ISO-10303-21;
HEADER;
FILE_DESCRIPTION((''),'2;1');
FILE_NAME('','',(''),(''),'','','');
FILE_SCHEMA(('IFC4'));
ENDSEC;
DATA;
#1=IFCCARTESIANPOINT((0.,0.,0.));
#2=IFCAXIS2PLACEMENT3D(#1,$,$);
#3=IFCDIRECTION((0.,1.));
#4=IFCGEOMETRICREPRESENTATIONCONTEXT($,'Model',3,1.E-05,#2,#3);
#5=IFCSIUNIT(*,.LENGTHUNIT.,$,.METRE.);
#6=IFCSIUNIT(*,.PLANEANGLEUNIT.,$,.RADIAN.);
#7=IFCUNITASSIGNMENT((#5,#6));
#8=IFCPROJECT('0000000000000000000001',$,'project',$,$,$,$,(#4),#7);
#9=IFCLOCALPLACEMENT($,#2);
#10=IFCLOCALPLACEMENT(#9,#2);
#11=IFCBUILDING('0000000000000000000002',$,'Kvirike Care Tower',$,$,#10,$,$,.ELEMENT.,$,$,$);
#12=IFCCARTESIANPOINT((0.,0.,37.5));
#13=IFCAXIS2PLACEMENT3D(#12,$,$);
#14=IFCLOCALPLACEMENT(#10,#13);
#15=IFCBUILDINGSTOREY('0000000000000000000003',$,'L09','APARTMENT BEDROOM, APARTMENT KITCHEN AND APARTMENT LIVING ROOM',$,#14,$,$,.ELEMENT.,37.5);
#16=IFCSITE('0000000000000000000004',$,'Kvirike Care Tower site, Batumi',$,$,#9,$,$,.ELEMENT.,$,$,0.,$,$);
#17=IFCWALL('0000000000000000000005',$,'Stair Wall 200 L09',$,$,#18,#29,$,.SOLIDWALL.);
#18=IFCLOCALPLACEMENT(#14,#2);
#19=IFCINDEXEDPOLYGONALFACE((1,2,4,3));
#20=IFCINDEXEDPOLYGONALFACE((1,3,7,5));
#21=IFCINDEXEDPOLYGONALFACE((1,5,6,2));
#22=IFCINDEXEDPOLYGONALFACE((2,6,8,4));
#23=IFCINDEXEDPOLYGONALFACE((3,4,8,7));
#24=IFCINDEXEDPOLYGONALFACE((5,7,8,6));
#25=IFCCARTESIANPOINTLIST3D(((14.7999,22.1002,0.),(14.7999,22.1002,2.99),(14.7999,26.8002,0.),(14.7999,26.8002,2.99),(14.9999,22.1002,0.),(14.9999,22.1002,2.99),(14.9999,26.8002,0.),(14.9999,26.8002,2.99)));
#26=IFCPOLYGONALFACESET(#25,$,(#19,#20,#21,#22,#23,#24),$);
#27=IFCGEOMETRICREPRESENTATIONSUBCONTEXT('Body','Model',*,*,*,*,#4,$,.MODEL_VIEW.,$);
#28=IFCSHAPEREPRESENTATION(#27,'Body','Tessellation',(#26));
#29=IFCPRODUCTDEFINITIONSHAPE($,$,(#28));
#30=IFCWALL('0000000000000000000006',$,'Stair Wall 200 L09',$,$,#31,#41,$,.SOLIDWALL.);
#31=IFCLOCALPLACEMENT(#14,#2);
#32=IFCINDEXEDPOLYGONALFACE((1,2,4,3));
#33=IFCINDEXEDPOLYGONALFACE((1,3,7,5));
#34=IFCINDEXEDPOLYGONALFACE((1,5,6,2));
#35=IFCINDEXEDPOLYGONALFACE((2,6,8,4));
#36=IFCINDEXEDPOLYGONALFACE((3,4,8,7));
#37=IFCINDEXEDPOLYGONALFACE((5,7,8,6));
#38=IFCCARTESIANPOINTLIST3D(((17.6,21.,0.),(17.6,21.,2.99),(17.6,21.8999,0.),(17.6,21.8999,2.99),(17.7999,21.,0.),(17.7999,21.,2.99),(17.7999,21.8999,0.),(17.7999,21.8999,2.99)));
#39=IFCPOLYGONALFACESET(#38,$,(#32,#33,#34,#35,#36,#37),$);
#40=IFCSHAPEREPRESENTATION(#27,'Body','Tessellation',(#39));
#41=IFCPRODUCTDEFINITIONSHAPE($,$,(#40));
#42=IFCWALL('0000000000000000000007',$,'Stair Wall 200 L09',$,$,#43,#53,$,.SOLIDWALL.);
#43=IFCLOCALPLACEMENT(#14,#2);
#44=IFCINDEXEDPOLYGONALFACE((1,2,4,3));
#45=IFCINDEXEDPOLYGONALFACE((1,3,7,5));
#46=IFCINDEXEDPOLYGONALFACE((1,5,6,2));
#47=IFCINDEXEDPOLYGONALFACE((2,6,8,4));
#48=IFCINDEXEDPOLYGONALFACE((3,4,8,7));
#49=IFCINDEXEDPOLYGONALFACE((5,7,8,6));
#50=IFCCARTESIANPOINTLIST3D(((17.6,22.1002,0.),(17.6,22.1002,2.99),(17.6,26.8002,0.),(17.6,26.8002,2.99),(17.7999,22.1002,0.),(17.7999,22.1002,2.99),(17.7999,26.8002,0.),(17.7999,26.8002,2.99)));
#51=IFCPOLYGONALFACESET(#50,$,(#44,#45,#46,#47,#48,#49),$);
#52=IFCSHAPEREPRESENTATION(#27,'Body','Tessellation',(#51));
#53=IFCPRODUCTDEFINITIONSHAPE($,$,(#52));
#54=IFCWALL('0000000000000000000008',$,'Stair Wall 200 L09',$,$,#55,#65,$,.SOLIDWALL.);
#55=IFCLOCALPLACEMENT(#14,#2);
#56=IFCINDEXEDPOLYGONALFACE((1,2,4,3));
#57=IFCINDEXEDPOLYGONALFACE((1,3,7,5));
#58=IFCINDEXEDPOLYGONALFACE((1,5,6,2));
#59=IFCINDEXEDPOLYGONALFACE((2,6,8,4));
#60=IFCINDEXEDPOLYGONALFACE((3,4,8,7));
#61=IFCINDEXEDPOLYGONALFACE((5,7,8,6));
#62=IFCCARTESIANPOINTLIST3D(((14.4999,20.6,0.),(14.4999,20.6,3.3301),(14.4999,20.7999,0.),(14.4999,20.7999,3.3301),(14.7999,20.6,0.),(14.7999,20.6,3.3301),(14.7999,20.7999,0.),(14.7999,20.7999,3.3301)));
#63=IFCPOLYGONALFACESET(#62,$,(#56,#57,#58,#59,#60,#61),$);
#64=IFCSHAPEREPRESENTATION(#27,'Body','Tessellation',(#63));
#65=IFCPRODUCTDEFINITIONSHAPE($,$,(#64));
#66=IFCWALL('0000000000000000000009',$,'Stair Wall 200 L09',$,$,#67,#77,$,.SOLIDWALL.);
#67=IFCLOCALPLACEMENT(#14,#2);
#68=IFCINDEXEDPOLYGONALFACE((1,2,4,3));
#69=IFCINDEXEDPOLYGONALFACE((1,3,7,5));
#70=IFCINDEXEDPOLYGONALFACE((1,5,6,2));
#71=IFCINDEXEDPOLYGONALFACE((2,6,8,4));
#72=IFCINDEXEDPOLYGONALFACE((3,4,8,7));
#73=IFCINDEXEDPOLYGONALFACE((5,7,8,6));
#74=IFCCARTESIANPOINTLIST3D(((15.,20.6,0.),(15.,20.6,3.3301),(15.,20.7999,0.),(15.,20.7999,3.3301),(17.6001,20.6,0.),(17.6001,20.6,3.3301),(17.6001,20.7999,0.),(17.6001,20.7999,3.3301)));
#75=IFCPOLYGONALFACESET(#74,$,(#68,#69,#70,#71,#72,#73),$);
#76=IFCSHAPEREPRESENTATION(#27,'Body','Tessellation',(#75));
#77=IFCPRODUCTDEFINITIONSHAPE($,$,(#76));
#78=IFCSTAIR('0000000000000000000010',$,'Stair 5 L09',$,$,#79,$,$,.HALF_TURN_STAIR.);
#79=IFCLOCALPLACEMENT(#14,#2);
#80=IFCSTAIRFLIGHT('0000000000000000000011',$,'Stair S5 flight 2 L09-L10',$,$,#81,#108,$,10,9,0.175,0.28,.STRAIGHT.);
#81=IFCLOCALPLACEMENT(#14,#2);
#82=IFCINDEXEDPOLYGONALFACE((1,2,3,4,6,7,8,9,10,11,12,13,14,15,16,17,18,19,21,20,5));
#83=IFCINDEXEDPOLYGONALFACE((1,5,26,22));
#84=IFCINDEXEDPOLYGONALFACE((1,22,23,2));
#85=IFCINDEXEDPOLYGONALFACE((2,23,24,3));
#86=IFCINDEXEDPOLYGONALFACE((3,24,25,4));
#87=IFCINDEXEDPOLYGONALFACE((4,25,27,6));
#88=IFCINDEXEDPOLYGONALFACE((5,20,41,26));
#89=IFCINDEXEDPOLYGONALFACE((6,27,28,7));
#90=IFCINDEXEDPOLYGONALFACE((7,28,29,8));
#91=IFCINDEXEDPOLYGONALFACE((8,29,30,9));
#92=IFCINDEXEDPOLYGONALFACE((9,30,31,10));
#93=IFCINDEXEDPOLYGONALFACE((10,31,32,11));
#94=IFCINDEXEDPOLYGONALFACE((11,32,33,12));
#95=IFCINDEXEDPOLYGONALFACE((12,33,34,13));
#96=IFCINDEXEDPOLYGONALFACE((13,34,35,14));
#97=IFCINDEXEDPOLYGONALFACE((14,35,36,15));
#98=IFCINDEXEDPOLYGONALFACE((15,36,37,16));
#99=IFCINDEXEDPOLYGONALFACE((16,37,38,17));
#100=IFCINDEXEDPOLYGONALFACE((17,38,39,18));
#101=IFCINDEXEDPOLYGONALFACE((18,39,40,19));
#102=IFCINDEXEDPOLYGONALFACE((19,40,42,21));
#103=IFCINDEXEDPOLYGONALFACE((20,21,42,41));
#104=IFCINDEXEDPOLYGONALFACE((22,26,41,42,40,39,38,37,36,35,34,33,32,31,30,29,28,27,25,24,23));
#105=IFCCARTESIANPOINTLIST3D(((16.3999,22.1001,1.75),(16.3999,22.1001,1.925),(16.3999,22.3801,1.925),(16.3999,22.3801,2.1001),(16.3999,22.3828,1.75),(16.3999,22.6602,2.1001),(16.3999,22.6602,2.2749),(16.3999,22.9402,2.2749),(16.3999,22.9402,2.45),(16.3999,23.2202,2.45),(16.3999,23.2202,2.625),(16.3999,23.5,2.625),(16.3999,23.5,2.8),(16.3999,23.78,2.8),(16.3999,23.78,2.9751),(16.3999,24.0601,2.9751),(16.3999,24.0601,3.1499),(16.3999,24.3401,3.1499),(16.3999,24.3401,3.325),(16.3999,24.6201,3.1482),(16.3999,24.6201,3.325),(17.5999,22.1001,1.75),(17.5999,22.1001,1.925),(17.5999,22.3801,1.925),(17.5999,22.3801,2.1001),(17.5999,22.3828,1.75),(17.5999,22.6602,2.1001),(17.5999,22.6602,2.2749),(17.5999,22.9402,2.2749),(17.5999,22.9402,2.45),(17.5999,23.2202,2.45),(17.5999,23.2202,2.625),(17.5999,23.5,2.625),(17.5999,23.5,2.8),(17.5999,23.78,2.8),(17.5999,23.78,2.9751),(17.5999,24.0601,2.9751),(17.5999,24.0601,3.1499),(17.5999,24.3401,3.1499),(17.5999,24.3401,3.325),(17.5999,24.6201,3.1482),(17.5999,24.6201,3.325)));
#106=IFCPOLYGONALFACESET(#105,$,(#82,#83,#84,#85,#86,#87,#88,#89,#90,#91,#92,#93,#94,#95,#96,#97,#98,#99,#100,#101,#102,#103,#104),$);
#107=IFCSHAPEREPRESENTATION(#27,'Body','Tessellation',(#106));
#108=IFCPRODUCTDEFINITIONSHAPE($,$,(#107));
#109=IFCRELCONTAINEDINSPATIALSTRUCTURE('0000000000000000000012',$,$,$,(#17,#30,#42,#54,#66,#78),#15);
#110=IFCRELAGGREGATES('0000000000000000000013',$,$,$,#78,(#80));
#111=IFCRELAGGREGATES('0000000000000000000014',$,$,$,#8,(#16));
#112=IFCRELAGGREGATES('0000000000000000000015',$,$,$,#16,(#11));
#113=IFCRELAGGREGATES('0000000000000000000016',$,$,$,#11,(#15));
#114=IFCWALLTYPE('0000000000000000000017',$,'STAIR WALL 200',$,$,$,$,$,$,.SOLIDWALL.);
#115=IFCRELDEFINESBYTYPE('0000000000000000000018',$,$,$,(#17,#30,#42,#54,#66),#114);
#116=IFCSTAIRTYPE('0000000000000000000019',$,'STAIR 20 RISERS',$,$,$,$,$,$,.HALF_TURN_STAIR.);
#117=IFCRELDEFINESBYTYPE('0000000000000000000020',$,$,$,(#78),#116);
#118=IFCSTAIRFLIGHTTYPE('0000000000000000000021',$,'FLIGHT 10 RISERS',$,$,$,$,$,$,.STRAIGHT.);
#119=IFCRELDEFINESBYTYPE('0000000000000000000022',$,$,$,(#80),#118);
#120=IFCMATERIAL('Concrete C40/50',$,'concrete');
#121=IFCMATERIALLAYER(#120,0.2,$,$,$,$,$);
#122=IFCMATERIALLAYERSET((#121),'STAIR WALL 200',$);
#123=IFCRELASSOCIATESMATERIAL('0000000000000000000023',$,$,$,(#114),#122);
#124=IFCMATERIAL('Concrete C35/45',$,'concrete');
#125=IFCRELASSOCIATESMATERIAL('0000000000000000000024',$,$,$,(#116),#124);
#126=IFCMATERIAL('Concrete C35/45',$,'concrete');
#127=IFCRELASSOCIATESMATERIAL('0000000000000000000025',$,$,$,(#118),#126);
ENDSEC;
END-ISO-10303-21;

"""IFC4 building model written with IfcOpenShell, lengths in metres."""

from ifc_helpers import new_model, si_unit, direction, frame, frame_2d, origin, place, context, subcontext, project, spatial, polyline, rectangle, outline, extrude, material, layer, layer_set, type_object, element, aggregate, save


model = new_model("IFC4")

# Units and contexts
model_context = context("Model", 3, precision=1e-05, world=origin(), true_north=direction((0.0, 1.0)))
body_context = subcontext(model_context, "Body", "Model", "MODEL_VIEW")
ifc_project = project(units=[si_unit("LENGTHUNIT", "METRE"), si_unit("PLANEANGLEUNIT", "RADIAN")], contexts=[model_context])

# Site, building, storey
site_placement = place(None, origin())
site = spatial("IfcSite", under=ifc_project, at=site_placement, Name="Kvirike Care Tower site, Batumi", CompositionType="ELEMENT", RefElevation=0.0)
building_placement = place(site_placement, origin())
building = spatial("IfcBuilding", under=site, at=building_placement, Name="Kvirike Care Tower", CompositionType="ELEMENT")
storey_placement = place(building_placement, frame((0.0, 0.0, 37.5)))
storey = spatial("IfcBuildingStorey", under=building, at=storey_placement, Name="L09", Description="APARTMENT BEDROOM, APARTMENT KITCHEN AND APARTMENT LIVING ROOM", CompositionType="ELEMENT", Elevation=37.5)

# Walls
ifc_material_1 = material(Name="Concrete C40/50", Category="concrete")
ifc_layer_1 = layer(ifc_material_1, 0.2)
ifc_layer_set_1 = layer_set([ifc_layer_1], Name="STAIR WALL 200")
wall_type_1 = type_object("IfcWallType", Name="STAIR WALL 200", PredefinedType="SOLIDWALL", material=ifc_layer_set_1)
wall_1_placement = place(storey_placement, frame((14.8999, 22.1001, 0.0), z_axis=(0.0, 0.0, 1.0), x_axis=(0.0, 1.0, 0.0)))
element("IfcWall", 1, at=wall_1_placement, inside=storey, type_object=wall_type_1, Name="Stair Wall 200 L09", PredefinedType="SOLIDWALL", context=body_context, shape_type="SweptSolid", body=[
    extrude(rectangle(XDim=4.7, YDim=0.2, at=frame_2d((2.3501, 0.0))), origin(), (0.0, 0.0, 1.0), 2.99),
])
wall_2_placement = place(storey_placement, frame((17.7, 21.0, 0.0), z_axis=(0.0, 0.0, 1.0), x_axis=(0.0, 1.0, 0.0)))
element("IfcWall", 2, at=wall_2_placement, inside=storey, type_object=wall_type_1, Name="Stair Wall 200 L09", PredefinedType="SOLIDWALL", context=body_context, shape_type="SweptSolid", body=[
    extrude(rectangle(XDim=0.8999, YDim=0.2, at=frame_2d((0.45, 0.0))), origin(), (0.0, 0.0, 1.0), 2.99),
])
wall_3_placement = place(storey_placement, frame((17.7, 22.1001, 0.0), z_axis=(0.0, 0.0, 1.0), x_axis=(0.0, 1.0, 0.0)))
element("IfcWall", 3, at=wall_3_placement, inside=storey, type_object=wall_type_1, Name="Stair Wall 200 L09", PredefinedType="SOLIDWALL", context=body_context, shape_type="SweptSolid", body=[
    extrude(rectangle(XDim=4.7, YDim=0.2, at=frame_2d((2.3501, 0.0))), origin(), (0.0, 0.0, 1.0), 2.99),
])
wall_4_placement = place(storey_placement, frame((14.5, 20.7, 0.0), z_axis=(0.0, 0.0, 1.0), x_axis=(1.0, 0.0, 0.0)))
element("IfcWall", 4, at=wall_4_placement, inside=storey, type_object=wall_type_1, Name="Stair Wall 200 L09", PredefinedType="SOLIDWALL", context=body_context, shape_type="SweptSolid", body=[
    extrude(rectangle(XDim=0.3, YDim=0.2, at=frame_2d((0.1499, 0.0))), origin(), (0.0, 0.0, 1.0), 3.3301),
])
wall_5_placement = place(storey_placement, frame((15.0, 20.7, 0.0), z_axis=(0.0, 0.0, 1.0), x_axis=(1.0, 0.0, 0.0)))
element("IfcWall", 5, at=wall_5_placement, inside=storey, type_object=wall_type_1, Name="Stair Wall 200 L09", PredefinedType="SOLIDWALL", context=body_context, shape_type="SweptSolid", body=[
    extrude(rectangle(XDim=2.6001, YDim=0.2, at=frame_2d((1.3, 0.0))), origin(), (0.0, 0.0, 1.0), 3.3301),
])

# Stair, stair flight
ifc_material_2 = material(Name="Concrete C35/45", Category="concrete")
stair_type = type_object("IfcStairType", Name="STAIR 20 RISERS", PredefinedType="HALF_TURN_STAIR", material=ifc_material_2)
stair_placement = place(storey_placement, origin())
stair = element("IfcStair", 6, at=stair_placement, inside=storey, type_object=stair_type, Name="Stair 5 L09", PredefinedType="HALF_TURN_STAIR")
ifc_material_3 = material(Name="Concrete C35/45", Category="concrete")
stair_flight_type = type_object("IfcStairFlightType", Name="FLIGHT 10 RISERS", PredefinedType="STRAIGHT", material=ifc_material_3)
stair_flight_placement = place(storey_placement, frame((17.0, 22.1001, 1.75), z_axis=(0.0, 0.0, 1.0), x_axis=(0.0, 1.0, 0.0)))
stair_flight = element("IfcStairFlight", 7, at=stair_flight_placement, type_object=stair_flight_type, Name="Stair S5 flight 2 L09-L10", NumberOfRisers=10, NumberOfTreads=9, PredefinedType="STRAIGHT", RiserHeight=0.175, TreadLength=0.28, context=body_context, shape_type="SweptSolid", body=[
    extrude(outline(polyline([(0.0, 0.0), (0.0, 0.175), (0.28, 0.175), (0.28, 0.3501), (0.5601, 0.3501), (0.5601, 0.5249), (0.8401, 0.5249), (0.8401, 0.7), (1.1201, 0.7), (1.1201, 0.875), (1.3999, 0.875), (1.3999, 1.05), (1.6799, 1.05), (1.6799, 1.2251), (1.96, 1.2251), (1.96, 1.3999), (2.24, 1.3999), (2.24, 1.575), (2.52, 1.575), (2.52, 1.75), (2.52, 1.3982), (0.2827, 0.0), (0.0, 0.0)])), frame((0.0, 0.6001, 0.0), z_axis=(0.0, -1.0, 0.0), x_axis=(1.0, 0.0, 0.0)), (0.0, 0.0, 1.0), 1.2),
])
aggregate(stair, [stair_flight])

save(model, "model.ifc")
